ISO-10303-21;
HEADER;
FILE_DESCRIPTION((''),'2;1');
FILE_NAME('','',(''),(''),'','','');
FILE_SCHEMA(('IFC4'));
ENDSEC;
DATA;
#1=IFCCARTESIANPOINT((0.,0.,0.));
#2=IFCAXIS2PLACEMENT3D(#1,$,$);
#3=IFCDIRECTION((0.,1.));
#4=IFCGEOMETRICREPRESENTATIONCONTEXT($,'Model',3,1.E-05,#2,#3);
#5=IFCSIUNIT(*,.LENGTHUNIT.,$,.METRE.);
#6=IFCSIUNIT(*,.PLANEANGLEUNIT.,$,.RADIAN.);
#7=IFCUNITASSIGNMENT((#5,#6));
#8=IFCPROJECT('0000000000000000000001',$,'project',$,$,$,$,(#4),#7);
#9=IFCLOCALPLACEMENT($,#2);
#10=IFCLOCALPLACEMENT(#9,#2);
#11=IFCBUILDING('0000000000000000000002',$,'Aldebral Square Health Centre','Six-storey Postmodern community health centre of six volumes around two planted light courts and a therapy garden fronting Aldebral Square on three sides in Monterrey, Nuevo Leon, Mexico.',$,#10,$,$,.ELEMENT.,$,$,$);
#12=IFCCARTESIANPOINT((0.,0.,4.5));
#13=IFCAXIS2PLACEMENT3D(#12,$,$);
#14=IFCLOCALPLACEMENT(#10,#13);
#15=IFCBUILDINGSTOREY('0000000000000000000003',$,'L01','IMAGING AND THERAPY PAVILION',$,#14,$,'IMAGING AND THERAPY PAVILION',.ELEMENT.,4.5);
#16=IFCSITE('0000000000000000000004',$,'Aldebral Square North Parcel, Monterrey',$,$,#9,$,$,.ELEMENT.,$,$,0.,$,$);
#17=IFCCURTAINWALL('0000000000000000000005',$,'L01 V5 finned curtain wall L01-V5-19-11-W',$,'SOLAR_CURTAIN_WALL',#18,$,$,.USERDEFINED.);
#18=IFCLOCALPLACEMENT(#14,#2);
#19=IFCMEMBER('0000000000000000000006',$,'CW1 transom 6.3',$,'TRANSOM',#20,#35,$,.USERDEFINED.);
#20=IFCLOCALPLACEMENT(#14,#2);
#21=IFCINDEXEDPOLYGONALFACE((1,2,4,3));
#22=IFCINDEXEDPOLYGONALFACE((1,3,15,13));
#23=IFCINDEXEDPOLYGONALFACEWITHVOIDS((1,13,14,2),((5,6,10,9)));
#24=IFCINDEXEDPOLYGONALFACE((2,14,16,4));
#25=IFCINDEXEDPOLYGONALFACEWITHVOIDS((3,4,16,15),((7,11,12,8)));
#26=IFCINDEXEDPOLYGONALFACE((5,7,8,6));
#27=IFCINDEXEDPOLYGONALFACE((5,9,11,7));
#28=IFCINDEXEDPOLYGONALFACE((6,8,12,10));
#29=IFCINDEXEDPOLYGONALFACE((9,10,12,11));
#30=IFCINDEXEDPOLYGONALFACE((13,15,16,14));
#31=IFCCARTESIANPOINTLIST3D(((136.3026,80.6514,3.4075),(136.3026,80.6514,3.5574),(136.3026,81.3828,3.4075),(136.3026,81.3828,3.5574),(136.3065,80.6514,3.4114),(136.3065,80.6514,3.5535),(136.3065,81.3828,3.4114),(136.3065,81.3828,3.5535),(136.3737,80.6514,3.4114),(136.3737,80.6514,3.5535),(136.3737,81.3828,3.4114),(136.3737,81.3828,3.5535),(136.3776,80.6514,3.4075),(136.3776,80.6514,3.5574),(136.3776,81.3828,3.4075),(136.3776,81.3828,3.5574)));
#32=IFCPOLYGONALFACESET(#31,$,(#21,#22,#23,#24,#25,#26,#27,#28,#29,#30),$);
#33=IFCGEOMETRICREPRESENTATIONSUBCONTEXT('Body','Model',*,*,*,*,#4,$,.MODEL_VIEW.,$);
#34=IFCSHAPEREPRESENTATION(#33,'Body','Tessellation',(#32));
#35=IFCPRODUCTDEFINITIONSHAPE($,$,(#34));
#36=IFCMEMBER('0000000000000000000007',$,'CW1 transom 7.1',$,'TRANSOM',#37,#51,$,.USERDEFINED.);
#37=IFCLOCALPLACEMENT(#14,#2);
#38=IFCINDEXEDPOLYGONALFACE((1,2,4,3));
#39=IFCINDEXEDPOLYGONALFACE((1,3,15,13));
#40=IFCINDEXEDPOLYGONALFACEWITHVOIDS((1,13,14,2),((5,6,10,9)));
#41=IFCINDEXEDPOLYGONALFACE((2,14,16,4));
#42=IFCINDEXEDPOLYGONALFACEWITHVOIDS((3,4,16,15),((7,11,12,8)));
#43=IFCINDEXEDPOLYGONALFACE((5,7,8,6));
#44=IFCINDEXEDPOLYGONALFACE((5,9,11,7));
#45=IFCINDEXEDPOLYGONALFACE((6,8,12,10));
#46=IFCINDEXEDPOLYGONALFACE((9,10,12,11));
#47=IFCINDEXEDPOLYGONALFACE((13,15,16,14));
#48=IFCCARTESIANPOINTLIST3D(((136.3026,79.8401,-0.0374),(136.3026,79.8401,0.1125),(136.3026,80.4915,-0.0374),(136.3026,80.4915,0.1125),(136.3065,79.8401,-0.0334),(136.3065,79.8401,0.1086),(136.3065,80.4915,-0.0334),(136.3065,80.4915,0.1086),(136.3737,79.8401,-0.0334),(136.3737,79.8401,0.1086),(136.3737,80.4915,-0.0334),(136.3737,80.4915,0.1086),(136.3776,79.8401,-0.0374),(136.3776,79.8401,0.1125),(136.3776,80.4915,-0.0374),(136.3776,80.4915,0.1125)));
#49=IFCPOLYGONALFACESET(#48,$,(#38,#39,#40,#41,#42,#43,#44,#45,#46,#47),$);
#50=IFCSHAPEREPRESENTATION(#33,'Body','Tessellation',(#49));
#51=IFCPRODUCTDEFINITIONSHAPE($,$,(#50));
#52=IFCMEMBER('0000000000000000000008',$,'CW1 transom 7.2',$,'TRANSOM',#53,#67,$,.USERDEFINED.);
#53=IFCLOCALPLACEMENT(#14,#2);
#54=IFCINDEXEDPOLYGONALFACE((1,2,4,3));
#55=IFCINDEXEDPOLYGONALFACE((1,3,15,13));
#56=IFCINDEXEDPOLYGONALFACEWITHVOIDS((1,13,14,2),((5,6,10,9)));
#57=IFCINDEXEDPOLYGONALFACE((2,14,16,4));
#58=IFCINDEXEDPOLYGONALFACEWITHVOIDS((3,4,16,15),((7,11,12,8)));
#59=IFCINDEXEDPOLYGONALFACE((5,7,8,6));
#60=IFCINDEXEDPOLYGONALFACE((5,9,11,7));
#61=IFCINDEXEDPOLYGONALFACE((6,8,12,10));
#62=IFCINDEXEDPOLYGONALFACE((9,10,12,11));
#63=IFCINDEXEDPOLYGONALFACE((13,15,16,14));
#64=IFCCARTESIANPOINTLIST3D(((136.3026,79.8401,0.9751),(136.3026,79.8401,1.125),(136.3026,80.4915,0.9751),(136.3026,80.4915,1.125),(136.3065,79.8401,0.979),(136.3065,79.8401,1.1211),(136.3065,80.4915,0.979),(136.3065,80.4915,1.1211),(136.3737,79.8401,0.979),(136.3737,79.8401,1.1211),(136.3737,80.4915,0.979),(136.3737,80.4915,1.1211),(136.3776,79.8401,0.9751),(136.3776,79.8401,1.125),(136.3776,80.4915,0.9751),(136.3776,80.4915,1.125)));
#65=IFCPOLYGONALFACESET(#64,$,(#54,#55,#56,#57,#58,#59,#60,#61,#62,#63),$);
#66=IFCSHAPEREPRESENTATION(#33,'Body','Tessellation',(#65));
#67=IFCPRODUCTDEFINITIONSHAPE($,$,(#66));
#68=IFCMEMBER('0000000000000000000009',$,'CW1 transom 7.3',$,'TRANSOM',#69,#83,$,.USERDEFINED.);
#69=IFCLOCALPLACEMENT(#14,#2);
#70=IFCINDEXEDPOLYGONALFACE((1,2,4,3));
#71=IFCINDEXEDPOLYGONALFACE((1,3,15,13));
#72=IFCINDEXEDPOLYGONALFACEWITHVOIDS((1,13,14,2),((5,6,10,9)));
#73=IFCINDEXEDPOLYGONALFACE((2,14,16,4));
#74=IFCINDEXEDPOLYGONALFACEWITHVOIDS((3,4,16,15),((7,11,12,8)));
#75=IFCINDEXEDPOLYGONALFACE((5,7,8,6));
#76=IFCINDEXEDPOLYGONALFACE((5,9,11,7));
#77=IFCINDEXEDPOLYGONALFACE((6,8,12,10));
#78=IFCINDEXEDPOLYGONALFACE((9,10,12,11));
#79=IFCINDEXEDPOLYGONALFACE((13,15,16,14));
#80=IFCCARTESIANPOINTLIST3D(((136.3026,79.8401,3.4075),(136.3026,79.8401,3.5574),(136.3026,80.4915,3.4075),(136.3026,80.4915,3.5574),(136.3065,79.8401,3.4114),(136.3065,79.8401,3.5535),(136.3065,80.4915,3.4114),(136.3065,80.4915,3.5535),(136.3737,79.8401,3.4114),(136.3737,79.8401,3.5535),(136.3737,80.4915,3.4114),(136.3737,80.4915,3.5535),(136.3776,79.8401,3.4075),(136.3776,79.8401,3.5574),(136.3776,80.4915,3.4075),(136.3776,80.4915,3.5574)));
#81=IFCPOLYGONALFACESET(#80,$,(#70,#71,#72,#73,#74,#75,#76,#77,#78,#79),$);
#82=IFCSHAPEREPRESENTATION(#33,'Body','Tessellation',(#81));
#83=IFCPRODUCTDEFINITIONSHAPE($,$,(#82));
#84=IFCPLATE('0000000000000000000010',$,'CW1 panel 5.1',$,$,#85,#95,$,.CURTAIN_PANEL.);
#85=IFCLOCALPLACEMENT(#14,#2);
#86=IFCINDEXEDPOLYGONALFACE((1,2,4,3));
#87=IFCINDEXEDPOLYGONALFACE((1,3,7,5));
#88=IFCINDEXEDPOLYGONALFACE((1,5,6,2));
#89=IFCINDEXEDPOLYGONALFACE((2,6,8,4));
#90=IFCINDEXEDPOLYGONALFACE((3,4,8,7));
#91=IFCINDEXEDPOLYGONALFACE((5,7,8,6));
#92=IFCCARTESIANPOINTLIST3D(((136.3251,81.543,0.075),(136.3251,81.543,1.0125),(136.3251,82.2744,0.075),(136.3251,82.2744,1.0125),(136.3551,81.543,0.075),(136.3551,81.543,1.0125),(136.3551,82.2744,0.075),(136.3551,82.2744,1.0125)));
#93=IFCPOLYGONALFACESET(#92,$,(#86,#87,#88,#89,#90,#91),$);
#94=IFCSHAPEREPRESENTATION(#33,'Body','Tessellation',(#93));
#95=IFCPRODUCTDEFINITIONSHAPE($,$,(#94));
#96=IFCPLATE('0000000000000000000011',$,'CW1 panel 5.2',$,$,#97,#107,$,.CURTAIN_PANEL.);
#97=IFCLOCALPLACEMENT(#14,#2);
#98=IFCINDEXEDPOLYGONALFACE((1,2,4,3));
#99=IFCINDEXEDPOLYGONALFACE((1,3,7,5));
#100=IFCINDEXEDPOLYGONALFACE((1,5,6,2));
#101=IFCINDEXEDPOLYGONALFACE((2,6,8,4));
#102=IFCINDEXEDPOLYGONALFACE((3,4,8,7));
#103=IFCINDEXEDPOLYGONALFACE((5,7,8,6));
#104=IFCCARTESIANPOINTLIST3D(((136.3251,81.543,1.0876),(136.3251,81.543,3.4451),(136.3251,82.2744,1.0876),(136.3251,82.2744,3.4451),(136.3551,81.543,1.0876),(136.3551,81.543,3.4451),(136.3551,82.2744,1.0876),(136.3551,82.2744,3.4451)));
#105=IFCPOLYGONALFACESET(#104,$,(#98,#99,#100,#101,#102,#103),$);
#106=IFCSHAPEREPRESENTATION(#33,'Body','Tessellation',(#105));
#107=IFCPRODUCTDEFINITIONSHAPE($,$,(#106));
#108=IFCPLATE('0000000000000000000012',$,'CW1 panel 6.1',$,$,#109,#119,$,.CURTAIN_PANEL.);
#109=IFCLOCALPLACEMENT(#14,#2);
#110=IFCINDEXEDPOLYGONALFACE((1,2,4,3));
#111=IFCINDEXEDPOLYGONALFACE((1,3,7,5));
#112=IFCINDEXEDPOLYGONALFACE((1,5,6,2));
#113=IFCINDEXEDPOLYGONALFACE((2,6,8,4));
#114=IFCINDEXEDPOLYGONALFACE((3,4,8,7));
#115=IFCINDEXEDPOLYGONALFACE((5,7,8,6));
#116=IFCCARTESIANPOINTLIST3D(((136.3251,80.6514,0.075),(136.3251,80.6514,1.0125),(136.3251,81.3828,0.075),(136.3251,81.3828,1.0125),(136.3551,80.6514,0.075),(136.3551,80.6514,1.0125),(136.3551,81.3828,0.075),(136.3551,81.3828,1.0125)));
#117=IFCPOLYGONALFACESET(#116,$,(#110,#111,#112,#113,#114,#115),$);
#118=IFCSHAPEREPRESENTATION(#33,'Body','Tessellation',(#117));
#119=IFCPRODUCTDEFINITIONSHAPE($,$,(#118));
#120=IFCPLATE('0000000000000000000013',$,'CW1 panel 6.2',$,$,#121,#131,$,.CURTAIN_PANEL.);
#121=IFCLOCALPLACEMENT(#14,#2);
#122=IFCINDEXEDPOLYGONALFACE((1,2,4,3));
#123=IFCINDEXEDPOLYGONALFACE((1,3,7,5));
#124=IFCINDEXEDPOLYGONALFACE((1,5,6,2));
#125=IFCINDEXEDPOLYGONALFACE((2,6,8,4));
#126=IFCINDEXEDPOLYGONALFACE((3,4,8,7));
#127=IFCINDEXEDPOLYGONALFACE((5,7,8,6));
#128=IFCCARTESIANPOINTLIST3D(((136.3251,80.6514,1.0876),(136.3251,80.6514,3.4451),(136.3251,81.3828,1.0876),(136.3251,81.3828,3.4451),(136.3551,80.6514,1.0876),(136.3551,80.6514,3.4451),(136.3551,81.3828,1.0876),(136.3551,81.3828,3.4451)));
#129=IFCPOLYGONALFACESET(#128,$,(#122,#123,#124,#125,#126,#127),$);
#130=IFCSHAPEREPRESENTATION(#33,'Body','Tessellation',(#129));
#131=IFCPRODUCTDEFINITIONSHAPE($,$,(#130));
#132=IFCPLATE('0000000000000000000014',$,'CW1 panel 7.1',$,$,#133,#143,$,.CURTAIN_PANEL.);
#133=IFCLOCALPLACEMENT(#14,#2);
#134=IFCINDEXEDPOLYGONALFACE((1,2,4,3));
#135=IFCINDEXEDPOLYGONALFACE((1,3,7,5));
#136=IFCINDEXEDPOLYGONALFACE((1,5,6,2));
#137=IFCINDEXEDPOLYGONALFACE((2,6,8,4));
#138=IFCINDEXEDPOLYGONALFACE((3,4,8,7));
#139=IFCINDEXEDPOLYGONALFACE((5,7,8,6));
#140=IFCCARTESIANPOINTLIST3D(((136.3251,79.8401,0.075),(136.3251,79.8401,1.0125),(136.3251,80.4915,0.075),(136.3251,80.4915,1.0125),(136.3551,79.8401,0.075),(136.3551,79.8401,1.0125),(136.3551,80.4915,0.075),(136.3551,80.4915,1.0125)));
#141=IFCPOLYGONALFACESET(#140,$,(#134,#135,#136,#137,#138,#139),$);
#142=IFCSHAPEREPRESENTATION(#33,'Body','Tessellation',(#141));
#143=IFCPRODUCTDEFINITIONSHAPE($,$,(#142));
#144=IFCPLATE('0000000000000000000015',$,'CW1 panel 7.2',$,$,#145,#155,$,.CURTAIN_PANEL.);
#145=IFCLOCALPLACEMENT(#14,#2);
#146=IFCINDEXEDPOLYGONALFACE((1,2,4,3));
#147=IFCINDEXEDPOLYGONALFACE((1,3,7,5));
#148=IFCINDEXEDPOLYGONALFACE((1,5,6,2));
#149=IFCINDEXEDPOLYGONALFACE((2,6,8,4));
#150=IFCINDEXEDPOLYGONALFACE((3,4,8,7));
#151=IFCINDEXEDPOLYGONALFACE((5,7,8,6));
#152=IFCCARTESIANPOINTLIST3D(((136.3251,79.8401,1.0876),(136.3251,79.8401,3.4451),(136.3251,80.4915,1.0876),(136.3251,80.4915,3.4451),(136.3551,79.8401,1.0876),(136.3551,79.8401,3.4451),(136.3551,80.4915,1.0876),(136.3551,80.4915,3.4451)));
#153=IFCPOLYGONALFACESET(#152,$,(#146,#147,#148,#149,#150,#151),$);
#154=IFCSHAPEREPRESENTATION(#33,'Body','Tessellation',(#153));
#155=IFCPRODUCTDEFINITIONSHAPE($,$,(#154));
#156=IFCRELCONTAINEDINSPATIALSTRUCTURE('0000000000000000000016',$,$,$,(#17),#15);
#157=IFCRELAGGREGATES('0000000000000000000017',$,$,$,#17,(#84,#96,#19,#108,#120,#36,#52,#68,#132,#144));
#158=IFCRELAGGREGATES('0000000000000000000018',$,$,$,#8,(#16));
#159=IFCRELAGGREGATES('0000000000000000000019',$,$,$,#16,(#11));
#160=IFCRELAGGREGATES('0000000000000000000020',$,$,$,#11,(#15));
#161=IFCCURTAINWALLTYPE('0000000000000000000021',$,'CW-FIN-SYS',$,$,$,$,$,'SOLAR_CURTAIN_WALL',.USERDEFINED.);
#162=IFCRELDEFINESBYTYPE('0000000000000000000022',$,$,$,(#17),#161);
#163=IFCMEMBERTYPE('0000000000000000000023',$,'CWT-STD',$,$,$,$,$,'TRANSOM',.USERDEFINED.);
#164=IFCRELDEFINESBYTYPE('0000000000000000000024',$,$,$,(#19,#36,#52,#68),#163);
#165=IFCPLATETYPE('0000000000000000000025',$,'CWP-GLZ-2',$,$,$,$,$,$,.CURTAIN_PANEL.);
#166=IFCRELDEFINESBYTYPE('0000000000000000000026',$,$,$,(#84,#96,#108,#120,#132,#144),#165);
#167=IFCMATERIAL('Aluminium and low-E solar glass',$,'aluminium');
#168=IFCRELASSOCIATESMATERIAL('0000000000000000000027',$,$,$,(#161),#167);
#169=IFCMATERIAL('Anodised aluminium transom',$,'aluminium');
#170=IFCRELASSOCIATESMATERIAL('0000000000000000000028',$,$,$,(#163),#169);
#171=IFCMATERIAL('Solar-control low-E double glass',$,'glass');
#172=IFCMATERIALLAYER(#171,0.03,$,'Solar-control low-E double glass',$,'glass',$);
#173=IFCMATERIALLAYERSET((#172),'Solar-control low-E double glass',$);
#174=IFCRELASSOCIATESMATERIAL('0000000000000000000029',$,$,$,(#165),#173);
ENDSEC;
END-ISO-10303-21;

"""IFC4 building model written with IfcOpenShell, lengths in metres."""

from ifc_helpers import new_model, si_unit, direction, frame, origin, origin_2d, place, context, subcontext, project, spatial, rectangle, hollow_rectangle, extrude, material, layer, layer_set, material_profile, profile_set, type_object, element, aggregate, save


model = new_model("IFC4")

# Units and contexts
model_context = context("Model", 3, precision=1e-05, world=origin(), true_north=direction((0.0, 1.0)))
body_context = subcontext(model_context, "Body", "Model", "MODEL_VIEW")
ifc_project = project(units=[si_unit("LENGTHUNIT", "METRE"), si_unit("PLANEANGLEUNIT", "RADIAN")], contexts=[model_context])

# Site, building, storey
site_placement = place(None, origin())
site = spatial("IfcSite", under=ifc_project, at=site_placement, Name="Aldebral Square North Parcel, Monterrey", CompositionType="ELEMENT", RefElevation=0.0)
building_placement = place(site_placement, origin())
building = spatial("IfcBuilding", under=site, at=building_placement, Name="Aldebral Square Health Centre", Description="Six-storey Postmodern community health centre of six volumes around two planted light courts and a therapy garden fronting Aldebral Square on three sides in Monterrey, Nuevo Leon, Mexico.", CompositionType="ELEMENT")
storey_placement = place(building_placement, frame((0.0, 0.0, 4.5)))
storey = spatial("IfcBuildingStorey", under=building, at=storey_placement, Name="L01", Description="IMAGING AND THERAPY PAVILION", LongName="IMAGING AND THERAPY PAVILION", CompositionType="ELEMENT", Elevation=4.5)

# Shared definitions
ifc_material_1 = material(Name="Aluminium and low-E solar glass", Category="aluminium")
curtain_wall_type = type_object("IfcCurtainWallType", Name="CW-FIN-SYS", ElementType="SOLAR_CURTAIN_WALL", PredefinedType="USERDEFINED", material=ifc_material_1)

# Curtain wall
curtain_wall_1_placement = place(storey_placement, origin())
curtain_wall_1 = element("IfcCurtainWall", 1, at=curtain_wall_1_placement, inside=storey, type_object=curtain_wall_type, Name="L01 V5 finned curtain wall L01-V5-19-11-W", ObjectType="SOLAR_CURTAIN_WALL", PredefinedType="USERDEFINED")

# Members
ifc_material_2 = material(Name="Anodised aluminium transom", Category="aluminium")
ifc_material_profile_1 = material_profile(ifc_material_2, hollow_rectangle(XDim=0.075, YDim=0.1499, WallThickness=0.0039, at=origin_2d()), Name="CWT 75x150x4")
ifc_profile_set_1 = profile_set([ifc_material_profile_1], Name="Anodised aluminium transom")
member_type_1 = type_object("IfcMemberType", Name="CWT-STD", ElementType="TRANSOM", PredefinedType="USERDEFINED", material=ifc_profile_set_1)
member_1_placement = place(storey_placement, frame((136.3401, 81.3828, 3.4824), z_axis=(0.0, -1.0, 0.0), x_axis=(1.0, 0.0, 0.0)))
member_1 = element("IfcMember", 2, at=member_1_placement, type_object=member_type_1, Name="CW1 transom 6.3", ObjectType="TRANSOM", PredefinedType="USERDEFINED", context=body_context, shape_type="SweptSolid", body=[
    extrude(hollow_rectangle(XDim=0.075, YDim=0.1499, WallThickness=0.0039, at=origin_2d()), origin(), (0.0, 0.0, 1.0), 0.7314),
])
member_2_placement = place(storey_placement, frame((136.3401, 80.4915, 0.0376), z_axis=(0.0, -1.0, 0.0), x_axis=(1.0, 0.0, 0.0)))
member_2 = element("IfcMember", 3, at=member_2_placement, type_object=member_type_1, Name="CW1 transom 7.1", ObjectType="TRANSOM", PredefinedType="USERDEFINED", context=body_context, shape_type="SweptSolid", body=[
    extrude(hollow_rectangle(XDim=0.075, YDim=0.1499, WallThickness=0.0039, at=origin_2d()), origin(), (0.0, 0.0, 1.0), 0.6514),
])
member_3_placement = place(storey_placement, frame((136.3401, 80.4915, 1.05), z_axis=(0.0, -1.0, 0.0), x_axis=(1.0, 0.0, 0.0)))
member_3 = element("IfcMember", 4, at=member_3_placement, type_object=member_type_1, Name="CW1 transom 7.2", ObjectType="TRANSOM", PredefinedType="USERDEFINED", context=body_context, shape_type="SweptSolid", body=[
    extrude(hollow_rectangle(XDim=0.075, YDim=0.1499, WallThickness=0.0039, at=origin_2d()), origin(), (0.0, 0.0, 1.0), 0.6514),
])
member_4_placement = place(storey_placement, frame((136.3401, 80.4915, 3.4824), z_axis=(0.0, -1.0, 0.0), x_axis=(1.0, 0.0, 0.0)))
member_4 = element("IfcMember", 5, at=member_4_placement, type_object=member_type_1, Name="CW1 transom 7.3", ObjectType="TRANSOM", PredefinedType="USERDEFINED", context=body_context, shape_type="SweptSolid", body=[
    extrude(hollow_rectangle(XDim=0.075, YDim=0.1499, WallThickness=0.0039, at=origin_2d()), origin(), (0.0, 0.0, 1.0), 0.6514),
])

# Plates
ifc_material_3 = material(Name="Solar-control low-E double glass", Category="glass")
ifc_layer = layer(ifc_material_3, 0.03, Name="Solar-control low-E double glass", Category="glass")
ifc_layer_set = layer_set([ifc_layer], Name="Solar-control low-E double glass")
plate_type = type_object("IfcPlateType", Name="CWP-GLZ-2", PredefinedType="CURTAIN_PANEL", material=ifc_layer_set)
plate_1_placement = place(storey_placement, frame((136.3401, 81.9087, 0.075), z_axis=(0.0, 0.0, 1.0), x_axis=(0.0, -1.0, 0.0)))
plate_1 = element("IfcPlate", 6, at=plate_1_placement, type_object=plate_type, Name="CW1 panel 5.1", PredefinedType="CURTAIN_PANEL", context=body_context, shape_type="SweptSolid", body=[
    extrude(rectangle(XDim=0.7314, YDim=0.03, at=origin_2d()), origin(), (0.0, 0.0, 1.0), 0.9375),
])
plate_2_placement = place(storey_placement, frame((136.3401, 81.9087, 1.0876), z_axis=(0.0, 0.0, 1.0), x_axis=(0.0, -1.0, 0.0)))
plate_2 = element("IfcPlate", 7, at=plate_2_placement, type_object=plate_type, Name="CW1 panel 5.2", PredefinedType="CURTAIN_PANEL", context=body_context, shape_type="SweptSolid", body=[
    extrude(rectangle(XDim=0.7314, YDim=0.03, at=origin_2d()), origin(), (0.0, 0.0, 1.0), 2.3574),
])
plate_3_placement = place(storey_placement, frame((136.3401, 81.0171, 0.075), z_axis=(0.0, 0.0, 1.0), x_axis=(0.0, -1.0, 0.0)))
plate_3 = element("IfcPlate", 8, at=plate_3_placement, type_object=plate_type, Name="CW1 panel 6.1", PredefinedType="CURTAIN_PANEL", context=body_context, shape_type="SweptSolid", body=[
    extrude(rectangle(XDim=0.7314, YDim=0.03, at=origin_2d()), origin(), (0.0, 0.0, 1.0), 0.9375),
])
plate_4_placement = place(storey_placement, frame((136.3401, 81.0171, 1.0876), z_axis=(0.0, 0.0, 1.0), x_axis=(0.0, -1.0, 0.0)))
plate_4 = element("IfcPlate", 9, at=plate_4_placement, type_object=plate_type, Name="CW1 panel 6.2", PredefinedType="CURTAIN_PANEL", context=body_context, shape_type="SweptSolid", body=[
    extrude(rectangle(XDim=0.7314, YDim=0.03, at=origin_2d()), origin(), (0.0, 0.0, 1.0), 2.3574),
])
plate_5_placement = place(storey_placement, frame((136.3401, 80.1658, 0.075), z_axis=(0.0, 0.0, 1.0), x_axis=(0.0, -1.0, 0.0)))
plate_5 = element("IfcPlate", 10, at=plate_5_placement, type_object=plate_type, Name="CW1 panel 7.1", PredefinedType="CURTAIN_PANEL", context=body_context, shape_type="SweptSolid", body=[
    extrude(rectangle(XDim=0.6514, YDim=0.03, at=origin_2d()), origin(), (0.0, 0.0, 1.0), 0.9375),
])
plate_6_placement = place(storey_placement, frame((136.3401, 80.1658, 1.0876), z_axis=(0.0, 0.0, 1.0), x_axis=(0.0, -1.0, 0.0)))
plate_6 = element("IfcPlate", 11, at=plate_6_placement, type_object=plate_type, Name="CW1 panel 7.2", PredefinedType="CURTAIN_PANEL", context=body_context, shape_type="SweptSolid", body=[
    extrude(rectangle(XDim=0.6514, YDim=0.03, at=origin_2d()), origin(), (0.0, 0.0, 1.0), 2.3574),
])
aggregate(curtain_wall_1, [plate_1, plate_2, member_1, plate_3, plate_4, member_2, member_3, member_4, plate_5, plate_6])

save(model, "model.ifc")
